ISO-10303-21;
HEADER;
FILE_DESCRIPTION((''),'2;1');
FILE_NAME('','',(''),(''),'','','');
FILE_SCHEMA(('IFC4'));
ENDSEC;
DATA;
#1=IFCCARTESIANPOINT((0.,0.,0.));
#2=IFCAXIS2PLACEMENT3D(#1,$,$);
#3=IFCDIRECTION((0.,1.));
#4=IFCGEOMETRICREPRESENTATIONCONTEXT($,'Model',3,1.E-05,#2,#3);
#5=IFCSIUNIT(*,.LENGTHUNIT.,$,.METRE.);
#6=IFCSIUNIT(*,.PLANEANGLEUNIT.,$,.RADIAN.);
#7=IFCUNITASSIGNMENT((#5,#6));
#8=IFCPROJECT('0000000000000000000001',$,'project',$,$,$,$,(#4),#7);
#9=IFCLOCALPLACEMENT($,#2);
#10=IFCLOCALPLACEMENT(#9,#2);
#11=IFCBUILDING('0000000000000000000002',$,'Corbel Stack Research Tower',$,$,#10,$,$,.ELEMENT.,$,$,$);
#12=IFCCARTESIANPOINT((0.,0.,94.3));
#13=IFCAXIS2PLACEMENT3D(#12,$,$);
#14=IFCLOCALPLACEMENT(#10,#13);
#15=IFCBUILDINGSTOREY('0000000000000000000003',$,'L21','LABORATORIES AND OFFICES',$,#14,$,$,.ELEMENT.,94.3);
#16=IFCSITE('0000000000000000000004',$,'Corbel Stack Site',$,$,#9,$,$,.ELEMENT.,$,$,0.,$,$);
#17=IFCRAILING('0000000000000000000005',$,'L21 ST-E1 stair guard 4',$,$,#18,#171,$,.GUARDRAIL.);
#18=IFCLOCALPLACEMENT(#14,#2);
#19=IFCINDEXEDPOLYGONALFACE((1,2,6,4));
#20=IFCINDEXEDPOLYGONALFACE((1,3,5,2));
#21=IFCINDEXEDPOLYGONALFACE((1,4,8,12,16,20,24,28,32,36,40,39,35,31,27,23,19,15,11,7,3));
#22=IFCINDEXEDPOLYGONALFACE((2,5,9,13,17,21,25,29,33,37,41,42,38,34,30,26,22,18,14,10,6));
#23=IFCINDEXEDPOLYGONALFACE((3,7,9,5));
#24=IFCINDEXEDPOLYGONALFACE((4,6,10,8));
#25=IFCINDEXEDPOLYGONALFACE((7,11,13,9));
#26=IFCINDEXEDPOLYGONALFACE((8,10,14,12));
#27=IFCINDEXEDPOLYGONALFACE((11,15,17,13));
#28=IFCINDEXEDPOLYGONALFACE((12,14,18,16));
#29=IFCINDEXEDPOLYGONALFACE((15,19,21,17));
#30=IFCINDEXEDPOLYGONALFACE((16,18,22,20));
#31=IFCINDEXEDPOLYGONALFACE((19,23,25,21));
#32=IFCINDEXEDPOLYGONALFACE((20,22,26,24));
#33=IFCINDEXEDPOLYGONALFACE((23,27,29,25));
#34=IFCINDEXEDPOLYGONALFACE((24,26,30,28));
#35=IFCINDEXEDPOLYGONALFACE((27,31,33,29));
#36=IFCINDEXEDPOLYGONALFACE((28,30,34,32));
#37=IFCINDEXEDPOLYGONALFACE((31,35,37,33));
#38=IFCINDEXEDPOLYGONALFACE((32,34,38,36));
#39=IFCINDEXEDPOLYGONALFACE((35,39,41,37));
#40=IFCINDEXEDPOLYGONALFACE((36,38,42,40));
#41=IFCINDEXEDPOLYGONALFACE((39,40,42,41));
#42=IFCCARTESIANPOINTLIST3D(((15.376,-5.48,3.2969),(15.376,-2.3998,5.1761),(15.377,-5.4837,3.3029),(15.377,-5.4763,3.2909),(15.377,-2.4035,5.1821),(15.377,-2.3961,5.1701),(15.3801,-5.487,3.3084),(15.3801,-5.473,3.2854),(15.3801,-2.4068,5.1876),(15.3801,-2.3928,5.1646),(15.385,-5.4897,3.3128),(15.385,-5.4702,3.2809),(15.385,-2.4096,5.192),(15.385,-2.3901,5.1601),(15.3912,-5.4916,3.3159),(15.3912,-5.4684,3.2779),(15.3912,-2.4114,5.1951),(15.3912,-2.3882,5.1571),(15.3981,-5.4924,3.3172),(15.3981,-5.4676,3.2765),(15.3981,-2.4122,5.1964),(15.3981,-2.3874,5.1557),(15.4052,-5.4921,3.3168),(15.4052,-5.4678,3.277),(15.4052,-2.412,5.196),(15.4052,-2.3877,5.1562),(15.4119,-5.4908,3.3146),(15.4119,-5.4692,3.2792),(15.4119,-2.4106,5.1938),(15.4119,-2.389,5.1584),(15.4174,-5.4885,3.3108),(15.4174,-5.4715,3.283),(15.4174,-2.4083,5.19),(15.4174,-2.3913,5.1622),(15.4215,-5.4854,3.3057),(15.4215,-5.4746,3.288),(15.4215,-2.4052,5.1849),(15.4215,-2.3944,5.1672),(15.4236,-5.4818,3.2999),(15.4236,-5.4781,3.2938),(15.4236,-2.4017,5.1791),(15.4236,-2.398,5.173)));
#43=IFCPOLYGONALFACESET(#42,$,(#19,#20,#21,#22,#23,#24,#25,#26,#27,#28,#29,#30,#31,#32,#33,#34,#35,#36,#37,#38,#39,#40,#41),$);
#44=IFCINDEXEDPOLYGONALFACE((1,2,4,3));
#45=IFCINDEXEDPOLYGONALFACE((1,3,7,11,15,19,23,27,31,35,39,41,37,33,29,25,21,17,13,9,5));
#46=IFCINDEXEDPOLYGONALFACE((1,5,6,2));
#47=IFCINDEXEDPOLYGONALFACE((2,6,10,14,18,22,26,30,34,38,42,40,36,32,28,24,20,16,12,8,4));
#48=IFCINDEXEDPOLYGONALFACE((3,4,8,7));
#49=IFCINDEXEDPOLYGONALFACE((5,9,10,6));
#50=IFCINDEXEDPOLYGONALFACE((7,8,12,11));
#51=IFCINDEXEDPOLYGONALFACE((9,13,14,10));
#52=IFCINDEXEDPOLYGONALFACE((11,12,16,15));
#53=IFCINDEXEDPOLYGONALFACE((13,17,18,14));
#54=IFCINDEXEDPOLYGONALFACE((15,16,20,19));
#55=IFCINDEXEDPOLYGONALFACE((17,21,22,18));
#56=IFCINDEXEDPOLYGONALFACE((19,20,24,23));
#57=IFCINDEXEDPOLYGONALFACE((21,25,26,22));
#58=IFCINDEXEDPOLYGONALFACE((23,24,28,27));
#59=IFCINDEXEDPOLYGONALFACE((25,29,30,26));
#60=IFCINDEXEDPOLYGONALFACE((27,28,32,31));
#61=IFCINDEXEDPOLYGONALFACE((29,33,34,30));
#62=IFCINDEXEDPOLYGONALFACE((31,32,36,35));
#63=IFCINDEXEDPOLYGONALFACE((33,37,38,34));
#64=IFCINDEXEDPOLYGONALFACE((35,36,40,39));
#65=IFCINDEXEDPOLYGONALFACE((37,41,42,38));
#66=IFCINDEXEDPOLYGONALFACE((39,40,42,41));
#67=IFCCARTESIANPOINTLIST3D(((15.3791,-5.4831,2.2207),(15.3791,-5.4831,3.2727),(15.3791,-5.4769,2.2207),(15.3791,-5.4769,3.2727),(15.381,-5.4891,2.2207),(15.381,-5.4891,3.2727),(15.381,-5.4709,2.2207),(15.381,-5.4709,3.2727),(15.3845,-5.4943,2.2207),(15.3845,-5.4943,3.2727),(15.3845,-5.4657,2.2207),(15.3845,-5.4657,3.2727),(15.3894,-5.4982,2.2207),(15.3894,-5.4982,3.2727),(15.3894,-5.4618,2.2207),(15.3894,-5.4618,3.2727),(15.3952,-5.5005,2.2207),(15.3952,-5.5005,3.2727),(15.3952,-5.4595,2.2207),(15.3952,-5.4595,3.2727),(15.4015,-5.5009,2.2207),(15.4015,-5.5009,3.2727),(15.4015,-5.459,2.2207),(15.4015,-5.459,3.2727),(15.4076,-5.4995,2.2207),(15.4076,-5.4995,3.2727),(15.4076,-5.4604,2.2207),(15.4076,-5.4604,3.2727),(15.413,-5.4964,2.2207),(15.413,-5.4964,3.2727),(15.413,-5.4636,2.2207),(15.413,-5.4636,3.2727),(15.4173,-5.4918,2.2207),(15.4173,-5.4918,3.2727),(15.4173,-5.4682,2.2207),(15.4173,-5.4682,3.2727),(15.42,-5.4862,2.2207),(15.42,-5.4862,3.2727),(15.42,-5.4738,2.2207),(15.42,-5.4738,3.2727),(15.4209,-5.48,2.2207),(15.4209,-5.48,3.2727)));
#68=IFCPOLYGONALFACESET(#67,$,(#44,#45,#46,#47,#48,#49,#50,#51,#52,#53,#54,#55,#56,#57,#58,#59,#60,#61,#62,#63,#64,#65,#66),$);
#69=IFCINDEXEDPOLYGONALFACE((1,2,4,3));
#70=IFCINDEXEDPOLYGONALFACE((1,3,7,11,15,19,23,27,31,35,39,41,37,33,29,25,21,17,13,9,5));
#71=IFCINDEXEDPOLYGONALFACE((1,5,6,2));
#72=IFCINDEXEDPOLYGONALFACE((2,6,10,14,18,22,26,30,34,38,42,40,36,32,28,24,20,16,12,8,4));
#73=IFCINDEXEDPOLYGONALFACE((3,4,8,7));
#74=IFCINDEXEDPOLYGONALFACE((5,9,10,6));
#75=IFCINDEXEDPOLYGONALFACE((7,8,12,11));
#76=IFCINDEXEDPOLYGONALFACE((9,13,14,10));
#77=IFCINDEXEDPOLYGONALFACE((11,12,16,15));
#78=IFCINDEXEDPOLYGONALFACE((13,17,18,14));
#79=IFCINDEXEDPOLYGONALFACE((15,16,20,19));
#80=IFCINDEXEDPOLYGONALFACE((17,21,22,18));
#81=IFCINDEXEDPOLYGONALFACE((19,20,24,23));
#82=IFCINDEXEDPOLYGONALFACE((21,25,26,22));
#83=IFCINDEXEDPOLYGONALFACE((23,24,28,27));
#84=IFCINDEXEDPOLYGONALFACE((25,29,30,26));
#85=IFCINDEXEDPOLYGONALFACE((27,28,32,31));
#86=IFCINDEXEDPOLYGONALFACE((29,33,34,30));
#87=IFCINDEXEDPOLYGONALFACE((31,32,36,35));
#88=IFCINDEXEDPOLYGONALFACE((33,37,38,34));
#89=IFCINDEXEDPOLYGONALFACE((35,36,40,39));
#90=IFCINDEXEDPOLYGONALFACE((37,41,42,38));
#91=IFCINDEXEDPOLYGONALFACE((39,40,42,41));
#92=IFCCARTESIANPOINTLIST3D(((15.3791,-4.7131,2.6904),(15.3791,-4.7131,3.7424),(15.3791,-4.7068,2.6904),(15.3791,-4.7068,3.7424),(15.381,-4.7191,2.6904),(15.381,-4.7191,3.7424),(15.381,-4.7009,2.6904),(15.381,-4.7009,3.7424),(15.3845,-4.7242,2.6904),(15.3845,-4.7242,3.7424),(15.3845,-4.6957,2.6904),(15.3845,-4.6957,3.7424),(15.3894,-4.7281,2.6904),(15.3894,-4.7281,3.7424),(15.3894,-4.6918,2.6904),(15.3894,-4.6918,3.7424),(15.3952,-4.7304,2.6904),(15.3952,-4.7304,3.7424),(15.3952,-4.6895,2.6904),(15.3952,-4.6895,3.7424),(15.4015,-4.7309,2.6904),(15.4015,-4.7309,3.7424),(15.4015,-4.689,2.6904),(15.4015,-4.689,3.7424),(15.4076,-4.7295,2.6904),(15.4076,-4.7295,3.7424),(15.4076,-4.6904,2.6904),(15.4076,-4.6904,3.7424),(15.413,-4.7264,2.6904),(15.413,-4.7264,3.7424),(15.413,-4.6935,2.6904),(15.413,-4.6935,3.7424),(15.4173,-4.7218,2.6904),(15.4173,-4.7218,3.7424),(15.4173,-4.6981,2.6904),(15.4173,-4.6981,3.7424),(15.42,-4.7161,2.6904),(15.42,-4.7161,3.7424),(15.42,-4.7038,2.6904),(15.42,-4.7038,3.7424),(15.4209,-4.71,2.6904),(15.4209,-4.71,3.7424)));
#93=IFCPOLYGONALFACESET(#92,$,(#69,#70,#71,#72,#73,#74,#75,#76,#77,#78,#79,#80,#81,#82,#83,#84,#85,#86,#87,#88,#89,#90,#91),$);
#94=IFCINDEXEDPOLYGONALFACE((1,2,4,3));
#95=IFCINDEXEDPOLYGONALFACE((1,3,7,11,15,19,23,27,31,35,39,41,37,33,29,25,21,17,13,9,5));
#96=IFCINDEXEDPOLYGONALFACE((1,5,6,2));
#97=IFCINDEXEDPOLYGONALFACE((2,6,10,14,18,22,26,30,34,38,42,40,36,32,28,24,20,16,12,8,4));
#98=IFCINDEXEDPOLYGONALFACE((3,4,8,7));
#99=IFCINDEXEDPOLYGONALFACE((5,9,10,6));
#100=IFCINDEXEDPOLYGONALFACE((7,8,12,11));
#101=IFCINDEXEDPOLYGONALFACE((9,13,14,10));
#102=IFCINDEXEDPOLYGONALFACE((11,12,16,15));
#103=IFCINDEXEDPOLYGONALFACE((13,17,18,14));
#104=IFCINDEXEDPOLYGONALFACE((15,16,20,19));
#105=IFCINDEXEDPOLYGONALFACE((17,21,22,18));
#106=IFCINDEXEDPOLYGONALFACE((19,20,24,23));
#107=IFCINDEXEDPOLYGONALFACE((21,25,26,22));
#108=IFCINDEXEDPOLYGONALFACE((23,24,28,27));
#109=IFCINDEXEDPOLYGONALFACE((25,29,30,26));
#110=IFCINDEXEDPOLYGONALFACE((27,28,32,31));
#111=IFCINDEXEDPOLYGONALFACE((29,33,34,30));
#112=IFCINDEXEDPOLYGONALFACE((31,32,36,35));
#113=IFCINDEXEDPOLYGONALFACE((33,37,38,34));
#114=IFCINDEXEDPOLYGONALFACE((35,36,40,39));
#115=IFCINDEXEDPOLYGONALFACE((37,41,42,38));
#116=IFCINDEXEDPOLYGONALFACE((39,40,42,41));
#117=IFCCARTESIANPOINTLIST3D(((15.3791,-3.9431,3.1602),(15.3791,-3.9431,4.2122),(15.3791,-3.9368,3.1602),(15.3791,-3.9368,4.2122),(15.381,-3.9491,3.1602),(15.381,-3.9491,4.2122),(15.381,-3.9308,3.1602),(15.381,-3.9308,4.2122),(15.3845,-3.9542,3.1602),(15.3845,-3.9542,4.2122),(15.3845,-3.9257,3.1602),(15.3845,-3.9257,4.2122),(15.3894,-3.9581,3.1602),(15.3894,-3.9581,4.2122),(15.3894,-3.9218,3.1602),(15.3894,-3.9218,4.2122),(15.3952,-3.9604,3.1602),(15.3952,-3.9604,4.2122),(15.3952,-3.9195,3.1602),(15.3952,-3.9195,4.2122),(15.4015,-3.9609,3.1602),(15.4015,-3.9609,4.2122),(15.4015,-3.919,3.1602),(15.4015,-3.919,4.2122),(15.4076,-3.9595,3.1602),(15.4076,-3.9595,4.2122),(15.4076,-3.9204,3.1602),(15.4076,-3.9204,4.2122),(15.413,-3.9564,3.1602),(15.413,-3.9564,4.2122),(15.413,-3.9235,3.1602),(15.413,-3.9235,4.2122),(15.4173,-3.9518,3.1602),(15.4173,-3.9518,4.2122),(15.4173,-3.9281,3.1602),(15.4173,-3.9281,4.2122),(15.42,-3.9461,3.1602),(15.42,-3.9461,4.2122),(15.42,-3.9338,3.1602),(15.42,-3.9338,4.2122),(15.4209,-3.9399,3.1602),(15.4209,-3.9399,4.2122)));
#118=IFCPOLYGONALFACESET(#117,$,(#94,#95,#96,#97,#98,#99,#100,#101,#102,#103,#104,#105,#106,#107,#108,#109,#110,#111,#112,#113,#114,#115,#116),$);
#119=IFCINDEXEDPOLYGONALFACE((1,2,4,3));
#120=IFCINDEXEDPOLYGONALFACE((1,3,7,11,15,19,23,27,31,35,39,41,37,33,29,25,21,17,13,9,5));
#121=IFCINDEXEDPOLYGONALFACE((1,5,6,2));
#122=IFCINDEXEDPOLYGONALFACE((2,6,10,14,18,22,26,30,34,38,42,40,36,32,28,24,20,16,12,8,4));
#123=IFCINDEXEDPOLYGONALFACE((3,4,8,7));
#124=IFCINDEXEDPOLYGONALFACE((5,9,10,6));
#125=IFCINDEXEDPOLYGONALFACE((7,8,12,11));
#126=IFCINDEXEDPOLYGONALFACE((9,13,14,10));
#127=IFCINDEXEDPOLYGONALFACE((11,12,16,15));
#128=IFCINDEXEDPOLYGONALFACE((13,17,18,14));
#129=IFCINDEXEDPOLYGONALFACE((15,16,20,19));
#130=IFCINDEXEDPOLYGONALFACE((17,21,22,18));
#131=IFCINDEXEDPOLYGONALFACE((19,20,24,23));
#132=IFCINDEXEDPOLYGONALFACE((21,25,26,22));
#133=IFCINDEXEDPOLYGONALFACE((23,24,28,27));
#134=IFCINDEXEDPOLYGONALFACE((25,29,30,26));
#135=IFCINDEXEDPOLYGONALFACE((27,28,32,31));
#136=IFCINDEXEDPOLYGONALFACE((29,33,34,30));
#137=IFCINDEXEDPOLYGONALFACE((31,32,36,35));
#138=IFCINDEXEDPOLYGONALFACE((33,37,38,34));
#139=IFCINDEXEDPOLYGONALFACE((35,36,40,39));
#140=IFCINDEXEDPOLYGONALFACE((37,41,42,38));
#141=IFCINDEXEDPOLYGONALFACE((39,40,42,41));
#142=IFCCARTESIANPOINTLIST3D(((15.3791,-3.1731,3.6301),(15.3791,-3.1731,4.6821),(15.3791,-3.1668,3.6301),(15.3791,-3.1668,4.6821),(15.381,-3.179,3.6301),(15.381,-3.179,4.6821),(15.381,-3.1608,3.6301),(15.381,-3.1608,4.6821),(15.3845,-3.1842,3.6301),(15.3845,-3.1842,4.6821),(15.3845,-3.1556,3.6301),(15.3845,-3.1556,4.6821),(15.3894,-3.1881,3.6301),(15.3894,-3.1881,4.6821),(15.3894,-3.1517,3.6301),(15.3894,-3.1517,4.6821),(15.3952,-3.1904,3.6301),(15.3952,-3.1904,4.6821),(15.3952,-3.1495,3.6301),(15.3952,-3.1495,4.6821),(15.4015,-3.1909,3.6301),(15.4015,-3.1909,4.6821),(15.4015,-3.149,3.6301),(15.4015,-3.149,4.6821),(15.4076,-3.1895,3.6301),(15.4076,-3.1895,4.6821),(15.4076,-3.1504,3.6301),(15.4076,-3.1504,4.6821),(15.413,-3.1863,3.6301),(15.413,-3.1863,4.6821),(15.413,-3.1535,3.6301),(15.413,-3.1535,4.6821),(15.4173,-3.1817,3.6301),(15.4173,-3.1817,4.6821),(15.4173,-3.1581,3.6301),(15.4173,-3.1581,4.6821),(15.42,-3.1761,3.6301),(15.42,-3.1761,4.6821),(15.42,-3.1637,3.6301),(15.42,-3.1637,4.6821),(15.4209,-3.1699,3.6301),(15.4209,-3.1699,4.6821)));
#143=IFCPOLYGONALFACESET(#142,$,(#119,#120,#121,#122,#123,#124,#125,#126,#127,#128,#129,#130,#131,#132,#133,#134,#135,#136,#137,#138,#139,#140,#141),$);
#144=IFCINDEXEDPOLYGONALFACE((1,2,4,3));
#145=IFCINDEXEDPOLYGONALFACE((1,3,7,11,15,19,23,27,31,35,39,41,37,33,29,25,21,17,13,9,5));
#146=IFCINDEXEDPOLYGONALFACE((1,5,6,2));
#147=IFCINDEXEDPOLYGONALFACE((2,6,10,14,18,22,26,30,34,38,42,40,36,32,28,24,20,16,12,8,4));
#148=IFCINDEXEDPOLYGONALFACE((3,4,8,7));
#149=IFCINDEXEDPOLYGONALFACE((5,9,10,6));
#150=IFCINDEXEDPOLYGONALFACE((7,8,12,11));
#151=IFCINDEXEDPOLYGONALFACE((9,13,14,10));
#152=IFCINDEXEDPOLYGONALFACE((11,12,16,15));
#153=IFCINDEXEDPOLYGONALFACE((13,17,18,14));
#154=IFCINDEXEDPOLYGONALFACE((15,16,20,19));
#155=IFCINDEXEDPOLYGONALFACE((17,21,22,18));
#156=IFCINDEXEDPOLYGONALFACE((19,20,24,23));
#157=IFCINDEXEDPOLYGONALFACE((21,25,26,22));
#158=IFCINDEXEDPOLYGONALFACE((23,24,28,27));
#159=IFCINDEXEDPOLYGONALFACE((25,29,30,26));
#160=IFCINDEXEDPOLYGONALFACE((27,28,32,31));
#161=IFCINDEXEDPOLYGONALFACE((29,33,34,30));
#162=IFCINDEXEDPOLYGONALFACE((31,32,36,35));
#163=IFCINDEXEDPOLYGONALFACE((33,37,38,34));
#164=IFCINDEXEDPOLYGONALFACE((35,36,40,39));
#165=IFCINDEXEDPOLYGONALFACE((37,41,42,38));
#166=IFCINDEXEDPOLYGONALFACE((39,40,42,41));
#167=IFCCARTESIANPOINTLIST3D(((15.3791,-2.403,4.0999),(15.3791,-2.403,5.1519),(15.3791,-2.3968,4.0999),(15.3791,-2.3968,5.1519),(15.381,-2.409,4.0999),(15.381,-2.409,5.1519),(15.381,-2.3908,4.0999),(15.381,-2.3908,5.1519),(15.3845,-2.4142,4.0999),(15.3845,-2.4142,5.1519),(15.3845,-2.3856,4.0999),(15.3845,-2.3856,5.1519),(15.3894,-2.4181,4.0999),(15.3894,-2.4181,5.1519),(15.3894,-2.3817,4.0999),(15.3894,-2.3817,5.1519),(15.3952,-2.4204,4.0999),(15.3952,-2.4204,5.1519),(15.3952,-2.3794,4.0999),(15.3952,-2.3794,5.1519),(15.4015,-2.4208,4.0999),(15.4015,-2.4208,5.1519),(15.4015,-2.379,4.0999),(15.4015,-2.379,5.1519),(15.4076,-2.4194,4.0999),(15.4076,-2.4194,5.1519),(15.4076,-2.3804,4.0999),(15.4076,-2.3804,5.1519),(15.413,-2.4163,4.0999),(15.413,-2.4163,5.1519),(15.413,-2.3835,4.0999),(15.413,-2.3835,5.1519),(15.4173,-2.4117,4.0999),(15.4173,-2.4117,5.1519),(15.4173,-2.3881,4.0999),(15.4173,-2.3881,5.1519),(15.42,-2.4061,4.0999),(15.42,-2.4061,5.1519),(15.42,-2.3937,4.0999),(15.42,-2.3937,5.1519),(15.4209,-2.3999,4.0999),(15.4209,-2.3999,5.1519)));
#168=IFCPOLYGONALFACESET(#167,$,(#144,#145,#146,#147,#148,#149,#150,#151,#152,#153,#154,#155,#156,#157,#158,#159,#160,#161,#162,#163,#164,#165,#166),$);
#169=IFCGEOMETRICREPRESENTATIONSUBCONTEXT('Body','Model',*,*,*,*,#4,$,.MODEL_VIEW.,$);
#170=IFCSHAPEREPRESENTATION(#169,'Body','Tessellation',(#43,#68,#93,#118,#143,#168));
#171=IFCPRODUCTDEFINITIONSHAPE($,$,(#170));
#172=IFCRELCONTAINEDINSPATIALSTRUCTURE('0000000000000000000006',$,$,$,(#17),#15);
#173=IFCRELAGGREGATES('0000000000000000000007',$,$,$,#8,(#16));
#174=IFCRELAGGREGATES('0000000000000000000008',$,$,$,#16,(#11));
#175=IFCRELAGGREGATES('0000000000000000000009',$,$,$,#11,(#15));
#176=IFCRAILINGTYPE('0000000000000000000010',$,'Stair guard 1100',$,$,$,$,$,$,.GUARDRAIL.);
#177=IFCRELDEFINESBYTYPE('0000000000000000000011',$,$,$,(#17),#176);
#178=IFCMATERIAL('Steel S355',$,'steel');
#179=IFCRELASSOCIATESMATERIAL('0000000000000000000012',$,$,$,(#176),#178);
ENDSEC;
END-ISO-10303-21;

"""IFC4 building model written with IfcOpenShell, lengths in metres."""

from ifc_helpers import new_model, si_unit, direction, frame, origin, origin_2d, place, context, subcontext, project, spatial, circle, extrude, material, type_object, element, save


model = new_model("IFC4")

# Units and contexts
model_context = context("Model", 3, precision=1e-05, world=origin(), true_north=direction((0.0, 1.0)))
body_context = subcontext(model_context, "Body", "Model", "MODEL_VIEW")
ifc_project = project(units=[si_unit("LENGTHUNIT", "METRE"), si_unit("PLANEANGLEUNIT", "RADIAN")], contexts=[model_context])

# Site, building, storey
site_placement = place(None, origin())
site = spatial("IfcSite", under=ifc_project, at=site_placement, Name="Corbel Stack Site", CompositionType="ELEMENT", RefElevation=0.0)
building_placement = place(site_placement, origin())
building = spatial("IfcBuilding", under=site, at=building_placement, Name="Corbel Stack Research Tower", CompositionType="ELEMENT")
storey_placement = place(building_placement, frame((0.0, 0.0, 94.3)))
storey = spatial("IfcBuildingStorey", under=building, at=storey_placement, Name="L21", Description="LABORATORIES AND OFFICES", CompositionType="ELEMENT", Elevation=94.3)

# Railing
ifc_material_1 = material(Name="Steel S355", Category="steel")
railing_type_1 = type_object("IfcRailingType", Name="Stair guard 1100", PredefinedType="GUARDRAIL", material=ifc_material_1)
railing_1_placement = place(storey_placement, frame((15.3999, -5.48, 2.2207)))
element("IfcRailing", 1, at=railing_1_placement, inside=storey, type_object=railing_type_1, Name="L21 ST-E1 stair guard 4", PredefinedType="GUARDRAIL", context=body_context, shape_type="SweptSolid", body=[
    extrude(circle(Radius=0.0239, at=origin_2d()), frame((0.0, 0.0, 1.0762), z_axis=(0.0, 0.853666, 0.52082), x_axis=(-1.0, 0.0, 0.0)), (0.0, 0.0, 1.0), 3.6082),
    extrude(circle(Radius=0.021, at=origin_2d()), origin(), (0.0, 0.0, 1.0), 1.052),
    extrude(circle(Radius=0.021, at=origin_2d()), frame((0.0, 0.77, 0.4697)), (0.0, 0.0, 1.0), 1.052),
    extrude(circle(Radius=0.021, at=origin_2d()), frame((0.0, 1.54, 0.9395)), (0.0, 0.0, 1.0), 1.052),
    extrude(circle(Radius=0.021, at=origin_2d()), frame((0.0, 2.3101, 1.4094)), (0.0, 0.0, 1.0), 1.052),
    extrude(circle(Radius=0.021, at=origin_2d()), frame((0.0, 3.0801, 1.8792)), (0.0, 0.0, 1.0), 1.052),
])

save(model, "model.ifc")
